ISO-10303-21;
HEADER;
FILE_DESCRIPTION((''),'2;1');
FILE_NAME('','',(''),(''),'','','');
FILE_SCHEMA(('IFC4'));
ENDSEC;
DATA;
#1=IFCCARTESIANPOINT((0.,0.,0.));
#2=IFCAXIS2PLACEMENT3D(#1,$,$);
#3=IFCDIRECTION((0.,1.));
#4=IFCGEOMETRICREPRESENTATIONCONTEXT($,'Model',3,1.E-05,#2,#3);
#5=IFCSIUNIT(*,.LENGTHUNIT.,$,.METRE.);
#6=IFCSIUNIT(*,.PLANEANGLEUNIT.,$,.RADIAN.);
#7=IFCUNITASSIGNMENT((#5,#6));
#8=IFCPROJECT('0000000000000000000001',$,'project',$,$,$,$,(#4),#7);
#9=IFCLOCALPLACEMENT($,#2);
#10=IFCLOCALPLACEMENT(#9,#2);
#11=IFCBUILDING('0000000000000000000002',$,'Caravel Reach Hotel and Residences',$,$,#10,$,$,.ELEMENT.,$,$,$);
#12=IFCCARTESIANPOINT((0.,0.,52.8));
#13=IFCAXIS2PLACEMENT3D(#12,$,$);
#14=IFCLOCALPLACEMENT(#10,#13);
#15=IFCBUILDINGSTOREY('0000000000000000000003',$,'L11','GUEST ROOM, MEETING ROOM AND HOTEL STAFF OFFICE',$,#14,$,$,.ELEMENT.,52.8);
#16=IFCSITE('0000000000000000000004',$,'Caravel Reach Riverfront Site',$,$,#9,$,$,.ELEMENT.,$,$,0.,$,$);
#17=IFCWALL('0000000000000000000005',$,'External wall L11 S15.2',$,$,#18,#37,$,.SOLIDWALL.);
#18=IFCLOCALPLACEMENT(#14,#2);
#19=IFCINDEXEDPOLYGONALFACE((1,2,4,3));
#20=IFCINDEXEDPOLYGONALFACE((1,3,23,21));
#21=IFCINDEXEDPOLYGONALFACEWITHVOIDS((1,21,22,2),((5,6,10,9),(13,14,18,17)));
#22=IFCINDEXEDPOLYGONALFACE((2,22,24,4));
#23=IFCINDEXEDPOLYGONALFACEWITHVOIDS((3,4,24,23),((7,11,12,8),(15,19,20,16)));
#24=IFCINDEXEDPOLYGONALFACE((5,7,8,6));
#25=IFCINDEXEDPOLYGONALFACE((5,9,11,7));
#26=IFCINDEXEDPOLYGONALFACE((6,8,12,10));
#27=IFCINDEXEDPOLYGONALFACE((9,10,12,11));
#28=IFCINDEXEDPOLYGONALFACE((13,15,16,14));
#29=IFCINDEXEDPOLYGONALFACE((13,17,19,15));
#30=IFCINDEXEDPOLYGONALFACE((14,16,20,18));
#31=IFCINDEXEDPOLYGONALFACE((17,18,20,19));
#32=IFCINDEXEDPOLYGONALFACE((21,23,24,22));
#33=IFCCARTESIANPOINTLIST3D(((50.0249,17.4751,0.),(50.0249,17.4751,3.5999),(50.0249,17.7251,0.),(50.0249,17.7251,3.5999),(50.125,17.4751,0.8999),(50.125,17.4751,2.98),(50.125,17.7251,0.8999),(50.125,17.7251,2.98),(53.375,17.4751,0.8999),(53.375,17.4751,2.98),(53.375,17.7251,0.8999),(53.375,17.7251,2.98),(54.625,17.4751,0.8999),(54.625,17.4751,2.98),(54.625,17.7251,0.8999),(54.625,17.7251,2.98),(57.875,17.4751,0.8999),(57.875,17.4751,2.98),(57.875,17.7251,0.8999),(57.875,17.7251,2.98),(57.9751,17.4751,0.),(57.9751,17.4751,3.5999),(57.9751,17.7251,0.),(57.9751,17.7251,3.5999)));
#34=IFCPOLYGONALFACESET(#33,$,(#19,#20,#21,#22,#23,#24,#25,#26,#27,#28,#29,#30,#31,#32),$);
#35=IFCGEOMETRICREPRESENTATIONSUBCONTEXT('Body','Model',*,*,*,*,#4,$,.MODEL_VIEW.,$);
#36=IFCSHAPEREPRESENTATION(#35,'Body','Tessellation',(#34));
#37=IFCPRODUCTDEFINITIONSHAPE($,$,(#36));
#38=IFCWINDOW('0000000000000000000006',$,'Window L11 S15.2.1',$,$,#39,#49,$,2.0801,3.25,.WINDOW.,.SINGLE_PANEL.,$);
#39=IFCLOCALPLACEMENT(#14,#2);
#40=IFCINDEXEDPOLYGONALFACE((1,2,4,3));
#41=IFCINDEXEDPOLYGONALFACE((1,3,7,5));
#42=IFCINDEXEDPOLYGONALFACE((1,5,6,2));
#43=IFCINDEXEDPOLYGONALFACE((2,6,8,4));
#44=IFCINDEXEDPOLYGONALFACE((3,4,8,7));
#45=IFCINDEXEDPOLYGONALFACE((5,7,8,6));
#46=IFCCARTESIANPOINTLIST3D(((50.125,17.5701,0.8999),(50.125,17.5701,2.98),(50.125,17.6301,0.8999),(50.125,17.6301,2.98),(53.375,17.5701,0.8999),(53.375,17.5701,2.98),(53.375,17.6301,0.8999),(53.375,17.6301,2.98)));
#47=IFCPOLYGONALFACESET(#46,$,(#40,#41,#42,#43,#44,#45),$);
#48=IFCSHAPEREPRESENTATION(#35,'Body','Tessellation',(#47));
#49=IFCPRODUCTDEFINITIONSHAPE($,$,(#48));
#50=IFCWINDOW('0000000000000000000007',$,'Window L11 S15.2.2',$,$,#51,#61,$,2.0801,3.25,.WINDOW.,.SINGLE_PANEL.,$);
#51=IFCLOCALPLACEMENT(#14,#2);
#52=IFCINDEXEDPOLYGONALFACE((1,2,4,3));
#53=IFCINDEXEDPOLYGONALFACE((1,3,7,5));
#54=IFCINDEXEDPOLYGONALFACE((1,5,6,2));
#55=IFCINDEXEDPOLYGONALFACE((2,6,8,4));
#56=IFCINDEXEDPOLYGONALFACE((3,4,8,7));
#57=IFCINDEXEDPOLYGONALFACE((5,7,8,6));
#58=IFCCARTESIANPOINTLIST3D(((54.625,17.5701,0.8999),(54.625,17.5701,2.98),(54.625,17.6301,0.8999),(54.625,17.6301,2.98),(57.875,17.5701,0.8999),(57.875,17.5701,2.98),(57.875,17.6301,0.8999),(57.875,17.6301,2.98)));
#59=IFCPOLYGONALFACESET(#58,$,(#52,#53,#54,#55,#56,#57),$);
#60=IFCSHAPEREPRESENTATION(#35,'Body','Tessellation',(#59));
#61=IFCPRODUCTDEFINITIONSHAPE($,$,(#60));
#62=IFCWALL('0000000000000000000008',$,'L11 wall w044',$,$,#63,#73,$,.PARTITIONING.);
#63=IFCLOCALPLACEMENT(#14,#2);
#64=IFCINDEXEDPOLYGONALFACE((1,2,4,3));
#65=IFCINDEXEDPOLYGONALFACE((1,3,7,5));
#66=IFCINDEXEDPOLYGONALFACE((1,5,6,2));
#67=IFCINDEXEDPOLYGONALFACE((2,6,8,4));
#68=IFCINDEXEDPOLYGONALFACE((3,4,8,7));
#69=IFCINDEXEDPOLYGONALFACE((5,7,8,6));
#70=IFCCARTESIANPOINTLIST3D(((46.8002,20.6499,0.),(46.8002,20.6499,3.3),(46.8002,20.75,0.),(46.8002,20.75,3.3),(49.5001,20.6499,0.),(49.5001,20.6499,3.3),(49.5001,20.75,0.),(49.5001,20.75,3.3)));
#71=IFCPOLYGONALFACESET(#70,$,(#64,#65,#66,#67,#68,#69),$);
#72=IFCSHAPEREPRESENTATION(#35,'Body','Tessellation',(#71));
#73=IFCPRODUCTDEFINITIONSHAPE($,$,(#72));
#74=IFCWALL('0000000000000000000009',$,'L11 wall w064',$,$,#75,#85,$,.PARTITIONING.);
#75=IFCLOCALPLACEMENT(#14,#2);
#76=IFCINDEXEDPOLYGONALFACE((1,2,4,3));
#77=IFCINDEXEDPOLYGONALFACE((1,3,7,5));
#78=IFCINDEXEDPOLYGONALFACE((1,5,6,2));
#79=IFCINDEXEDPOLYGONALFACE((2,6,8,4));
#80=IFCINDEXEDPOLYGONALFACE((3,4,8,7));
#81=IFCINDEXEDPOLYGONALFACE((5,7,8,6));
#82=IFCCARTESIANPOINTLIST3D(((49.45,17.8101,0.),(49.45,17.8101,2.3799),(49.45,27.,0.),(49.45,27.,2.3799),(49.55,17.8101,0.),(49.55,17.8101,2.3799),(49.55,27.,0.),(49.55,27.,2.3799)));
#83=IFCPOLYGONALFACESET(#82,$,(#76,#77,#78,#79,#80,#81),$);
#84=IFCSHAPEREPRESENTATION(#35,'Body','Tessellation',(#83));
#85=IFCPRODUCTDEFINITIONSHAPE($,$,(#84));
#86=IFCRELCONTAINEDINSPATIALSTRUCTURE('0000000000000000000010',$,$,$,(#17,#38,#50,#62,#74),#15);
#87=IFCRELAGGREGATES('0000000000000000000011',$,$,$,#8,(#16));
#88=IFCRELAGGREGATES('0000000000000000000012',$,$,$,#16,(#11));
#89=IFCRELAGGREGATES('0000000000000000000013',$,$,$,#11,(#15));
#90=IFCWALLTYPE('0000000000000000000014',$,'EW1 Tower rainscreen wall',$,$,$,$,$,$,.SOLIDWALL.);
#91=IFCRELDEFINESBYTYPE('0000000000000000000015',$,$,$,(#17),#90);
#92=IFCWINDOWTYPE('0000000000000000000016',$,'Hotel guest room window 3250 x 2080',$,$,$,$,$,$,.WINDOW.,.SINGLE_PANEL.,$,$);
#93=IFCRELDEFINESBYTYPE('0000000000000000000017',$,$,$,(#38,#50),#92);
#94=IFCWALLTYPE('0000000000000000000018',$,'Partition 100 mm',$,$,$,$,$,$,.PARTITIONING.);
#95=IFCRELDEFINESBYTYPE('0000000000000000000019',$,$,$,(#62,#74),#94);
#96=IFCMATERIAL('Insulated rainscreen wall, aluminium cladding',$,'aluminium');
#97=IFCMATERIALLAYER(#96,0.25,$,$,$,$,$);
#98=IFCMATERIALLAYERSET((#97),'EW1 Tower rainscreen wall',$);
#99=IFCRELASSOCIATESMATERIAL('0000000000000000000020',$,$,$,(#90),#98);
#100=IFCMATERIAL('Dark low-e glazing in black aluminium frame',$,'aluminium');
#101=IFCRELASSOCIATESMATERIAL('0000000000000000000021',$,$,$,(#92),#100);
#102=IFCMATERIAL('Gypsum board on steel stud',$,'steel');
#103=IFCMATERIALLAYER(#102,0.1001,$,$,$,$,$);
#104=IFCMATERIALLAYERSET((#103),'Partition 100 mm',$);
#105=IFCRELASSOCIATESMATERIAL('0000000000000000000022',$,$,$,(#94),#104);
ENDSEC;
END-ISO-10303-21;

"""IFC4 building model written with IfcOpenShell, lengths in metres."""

from ifc_helpers import new_model, si_unit, direction, frame, frame_2d, origin, place, context, subcontext, project, spatial, rectangle, extrude, material, layer, layer_set, type_object, element, fill, save


model = new_model("IFC4")

# Units and contexts
model_context = context("Model", 3, precision=1e-05, world=origin(), true_north=direction((0.0, 1.0)))
body_context = subcontext(model_context, "Body", "Model", "MODEL_VIEW")
ifc_project = project(units=[si_unit("LENGTHUNIT", "METRE"), si_unit("PLANEANGLEUNIT", "RADIAN")], contexts=[model_context])

# Site, building, storey
site_placement = place(None, origin())
site = spatial("IfcSite", under=ifc_project, at=site_placement, Name="Caravel Reach Riverfront Site", CompositionType="ELEMENT", RefElevation=0.0)
building_placement = place(site_placement, origin())
building = spatial("IfcBuilding", under=site, at=building_placement, Name="Caravel Reach Hotel and Residences", CompositionType="ELEMENT")
storey_placement = place(building_placement, frame((0.0, 0.0, 52.8)))
storey = spatial("IfcBuildingStorey", under=building, at=storey_placement, Name="L11", Description="GUEST ROOM, MEETING ROOM AND HOTEL STAFF OFFICE", CompositionType="ELEMENT", Elevation=52.8)

# Shared definitions
ifc_material_1 = material(Name="Insulated rainscreen wall, aluminium cladding", Category="aluminium")
ifc_layer_1 = layer(ifc_material_1, 0.25)
ifc_layer_set_1 = layer_set([ifc_layer_1], Name="EW1 Tower rainscreen wall")
wall_type_1 = type_object("IfcWallType", Name="EW1 Tower rainscreen wall", PredefinedType="SOLIDWALL", material=ifc_layer_set_1)

# Wall, openings, windows
wall_1_placement = place(storey_placement, frame((50.0249, 17.6001, 0.0), z_axis=(0.0, 0.0, 1.0), x_axis=(1.0, 0.0, 0.0)))
wall_1 = element("IfcWall", 1, at=wall_1_placement, inside=storey, type_object=wall_type_1, Name="External wall L11 S15.2", PredefinedType="SOLIDWALL", context=body_context, shape_type="SweptSolid", body=[
    extrude(rectangle(XDim=7.9502, YDim=0.25, at=frame_2d((3.9751, 0.0))), origin(), (0.0, 0.0, 1.0), 3.5999),
])
opening_1_placement = place(wall_1_placement, frame((0.1001, 0.0, 0.8999)))
opening_1 = element("IfcOpeningElement", 2, at=opening_1_placement, cuts=wall_1, PredefinedType="OPENING", context=body_context, shape_type="SweptSolid", body=[
    extrude(rectangle(XDim=3.25, YDim=2.0801, at=frame_2d((1.625, 1.04))), frame((0.0, 0.135, 0.0), z_axis=(0.0, -1.0, 0.0), x_axis=(1.0, 0.0, 0.0)), (0.0, 0.0, 1.0), 0.27),
])
opening_2_placement = place(wall_1_placement, frame((4.6001, 0.0, 0.8999)))
opening_2 = element("IfcOpeningElement", 3, at=opening_2_placement, cuts=wall_1, PredefinedType="OPENING", context=body_context, shape_type="SweptSolid", body=[
    extrude(rectangle(XDim=3.25, YDim=2.0801, at=frame_2d((1.625, 1.04))), frame((0.0, 0.135, 0.0), z_axis=(0.0, -1.0, 0.0), x_axis=(1.0, 0.0, 0.0)), (0.0, 0.0, 1.0), 0.27),
])
ifc_material_2 = material(Name="Dark low-e glazing in black aluminium frame", Category="aluminium")
window_type_1 = type_object("IfcWindowType", Name="Hotel guest room window 3250 x 2080", PartitioningType="SINGLE_PANEL", PredefinedType="WINDOW", material=ifc_material_2)
window_1_placement = place(opening_1_placement, origin())
window_1 = element("IfcWindow", 4, at=window_1_placement, inside=storey, type_object=window_type_1, Name="Window L11 S15.2.1", OverallHeight=2.0801, OverallWidth=3.25, PartitioningType="SINGLE_PANEL", PredefinedType="WINDOW", context=body_context, shape_type="SweptSolid", body=[
    extrude(rectangle(XDim=3.25, YDim=2.0801, at=frame_2d((1.625, 1.04))), frame((0.0, 0.03, 0.0), z_axis=(0.0, -1.0, 0.0), x_axis=(1.0, 0.0, 0.0)), (0.0, 0.0, 1.0), 0.0601),
])
fill(opening_1, window_1)
window_2_placement = place(opening_2_placement, origin())
window_2 = element("IfcWindow", 5, at=window_2_placement, inside=storey, type_object=window_type_1, Name="Window L11 S15.2.2", OverallHeight=2.0801, OverallWidth=3.25, PartitioningType="SINGLE_PANEL", PredefinedType="WINDOW", context=body_context, shape_type="SweptSolid", body=[
    extrude(rectangle(XDim=3.25, YDim=2.0801, at=frame_2d((1.625, 1.04))), frame((0.0, 0.03, 0.0), z_axis=(0.0, -1.0, 0.0), x_axis=(1.0, 0.0, 0.0)), (0.0, 0.0, 1.0), 0.0601),
])
fill(opening_2, window_2)

# Walls
ifc_material_3 = material(Name="Gypsum board on steel stud", Category="steel")
ifc_layer_2 = layer(ifc_material_3, 0.1001)
ifc_layer_set_2 = layer_set([ifc_layer_2], Name="Partition 100 mm")
wall_type_2 = type_object("IfcWallType", Name="Partition 100 mm", PredefinedType="PARTITIONING", material=ifc_layer_set_2)
wall_2_placement = place(storey_placement, frame((46.8, 20.7, 0.0), z_axis=(0.0, 0.0, 1.0), x_axis=(1.0, 0.0, 0.0)))
element("IfcWall", 6, at=wall_2_placement, inside=storey, type_object=wall_type_2, Name="L11 wall w044", PredefinedType="PARTITIONING", context=body_context, shape_type="SweptSolid", body=[
    extrude(rectangle(XDim=2.7, YDim=0.1001, at=frame_2d((1.3501, 0.0))), origin(), (0.0, 0.0, 1.0), 3.3),
])
wall_3_placement = place(storey_placement, frame((49.5, 17.8101, 0.0), z_axis=(0.0, 0.0, 1.0), x_axis=(0.0, 1.0, 0.0)))
element("IfcWall", 7, at=wall_3_placement, inside=storey, type_object=wall_type_2, Name="L11 wall w064", PredefinedType="PARTITIONING", context=body_context, shape_type="SweptSolid", body=[
    extrude(rectangle(XDim=9.1899, YDim=0.1001, at=frame_2d((4.595, 0.0))), origin(), (0.0, 0.0, 1.0), 2.3799),
])

save(model, "model.ifc")
